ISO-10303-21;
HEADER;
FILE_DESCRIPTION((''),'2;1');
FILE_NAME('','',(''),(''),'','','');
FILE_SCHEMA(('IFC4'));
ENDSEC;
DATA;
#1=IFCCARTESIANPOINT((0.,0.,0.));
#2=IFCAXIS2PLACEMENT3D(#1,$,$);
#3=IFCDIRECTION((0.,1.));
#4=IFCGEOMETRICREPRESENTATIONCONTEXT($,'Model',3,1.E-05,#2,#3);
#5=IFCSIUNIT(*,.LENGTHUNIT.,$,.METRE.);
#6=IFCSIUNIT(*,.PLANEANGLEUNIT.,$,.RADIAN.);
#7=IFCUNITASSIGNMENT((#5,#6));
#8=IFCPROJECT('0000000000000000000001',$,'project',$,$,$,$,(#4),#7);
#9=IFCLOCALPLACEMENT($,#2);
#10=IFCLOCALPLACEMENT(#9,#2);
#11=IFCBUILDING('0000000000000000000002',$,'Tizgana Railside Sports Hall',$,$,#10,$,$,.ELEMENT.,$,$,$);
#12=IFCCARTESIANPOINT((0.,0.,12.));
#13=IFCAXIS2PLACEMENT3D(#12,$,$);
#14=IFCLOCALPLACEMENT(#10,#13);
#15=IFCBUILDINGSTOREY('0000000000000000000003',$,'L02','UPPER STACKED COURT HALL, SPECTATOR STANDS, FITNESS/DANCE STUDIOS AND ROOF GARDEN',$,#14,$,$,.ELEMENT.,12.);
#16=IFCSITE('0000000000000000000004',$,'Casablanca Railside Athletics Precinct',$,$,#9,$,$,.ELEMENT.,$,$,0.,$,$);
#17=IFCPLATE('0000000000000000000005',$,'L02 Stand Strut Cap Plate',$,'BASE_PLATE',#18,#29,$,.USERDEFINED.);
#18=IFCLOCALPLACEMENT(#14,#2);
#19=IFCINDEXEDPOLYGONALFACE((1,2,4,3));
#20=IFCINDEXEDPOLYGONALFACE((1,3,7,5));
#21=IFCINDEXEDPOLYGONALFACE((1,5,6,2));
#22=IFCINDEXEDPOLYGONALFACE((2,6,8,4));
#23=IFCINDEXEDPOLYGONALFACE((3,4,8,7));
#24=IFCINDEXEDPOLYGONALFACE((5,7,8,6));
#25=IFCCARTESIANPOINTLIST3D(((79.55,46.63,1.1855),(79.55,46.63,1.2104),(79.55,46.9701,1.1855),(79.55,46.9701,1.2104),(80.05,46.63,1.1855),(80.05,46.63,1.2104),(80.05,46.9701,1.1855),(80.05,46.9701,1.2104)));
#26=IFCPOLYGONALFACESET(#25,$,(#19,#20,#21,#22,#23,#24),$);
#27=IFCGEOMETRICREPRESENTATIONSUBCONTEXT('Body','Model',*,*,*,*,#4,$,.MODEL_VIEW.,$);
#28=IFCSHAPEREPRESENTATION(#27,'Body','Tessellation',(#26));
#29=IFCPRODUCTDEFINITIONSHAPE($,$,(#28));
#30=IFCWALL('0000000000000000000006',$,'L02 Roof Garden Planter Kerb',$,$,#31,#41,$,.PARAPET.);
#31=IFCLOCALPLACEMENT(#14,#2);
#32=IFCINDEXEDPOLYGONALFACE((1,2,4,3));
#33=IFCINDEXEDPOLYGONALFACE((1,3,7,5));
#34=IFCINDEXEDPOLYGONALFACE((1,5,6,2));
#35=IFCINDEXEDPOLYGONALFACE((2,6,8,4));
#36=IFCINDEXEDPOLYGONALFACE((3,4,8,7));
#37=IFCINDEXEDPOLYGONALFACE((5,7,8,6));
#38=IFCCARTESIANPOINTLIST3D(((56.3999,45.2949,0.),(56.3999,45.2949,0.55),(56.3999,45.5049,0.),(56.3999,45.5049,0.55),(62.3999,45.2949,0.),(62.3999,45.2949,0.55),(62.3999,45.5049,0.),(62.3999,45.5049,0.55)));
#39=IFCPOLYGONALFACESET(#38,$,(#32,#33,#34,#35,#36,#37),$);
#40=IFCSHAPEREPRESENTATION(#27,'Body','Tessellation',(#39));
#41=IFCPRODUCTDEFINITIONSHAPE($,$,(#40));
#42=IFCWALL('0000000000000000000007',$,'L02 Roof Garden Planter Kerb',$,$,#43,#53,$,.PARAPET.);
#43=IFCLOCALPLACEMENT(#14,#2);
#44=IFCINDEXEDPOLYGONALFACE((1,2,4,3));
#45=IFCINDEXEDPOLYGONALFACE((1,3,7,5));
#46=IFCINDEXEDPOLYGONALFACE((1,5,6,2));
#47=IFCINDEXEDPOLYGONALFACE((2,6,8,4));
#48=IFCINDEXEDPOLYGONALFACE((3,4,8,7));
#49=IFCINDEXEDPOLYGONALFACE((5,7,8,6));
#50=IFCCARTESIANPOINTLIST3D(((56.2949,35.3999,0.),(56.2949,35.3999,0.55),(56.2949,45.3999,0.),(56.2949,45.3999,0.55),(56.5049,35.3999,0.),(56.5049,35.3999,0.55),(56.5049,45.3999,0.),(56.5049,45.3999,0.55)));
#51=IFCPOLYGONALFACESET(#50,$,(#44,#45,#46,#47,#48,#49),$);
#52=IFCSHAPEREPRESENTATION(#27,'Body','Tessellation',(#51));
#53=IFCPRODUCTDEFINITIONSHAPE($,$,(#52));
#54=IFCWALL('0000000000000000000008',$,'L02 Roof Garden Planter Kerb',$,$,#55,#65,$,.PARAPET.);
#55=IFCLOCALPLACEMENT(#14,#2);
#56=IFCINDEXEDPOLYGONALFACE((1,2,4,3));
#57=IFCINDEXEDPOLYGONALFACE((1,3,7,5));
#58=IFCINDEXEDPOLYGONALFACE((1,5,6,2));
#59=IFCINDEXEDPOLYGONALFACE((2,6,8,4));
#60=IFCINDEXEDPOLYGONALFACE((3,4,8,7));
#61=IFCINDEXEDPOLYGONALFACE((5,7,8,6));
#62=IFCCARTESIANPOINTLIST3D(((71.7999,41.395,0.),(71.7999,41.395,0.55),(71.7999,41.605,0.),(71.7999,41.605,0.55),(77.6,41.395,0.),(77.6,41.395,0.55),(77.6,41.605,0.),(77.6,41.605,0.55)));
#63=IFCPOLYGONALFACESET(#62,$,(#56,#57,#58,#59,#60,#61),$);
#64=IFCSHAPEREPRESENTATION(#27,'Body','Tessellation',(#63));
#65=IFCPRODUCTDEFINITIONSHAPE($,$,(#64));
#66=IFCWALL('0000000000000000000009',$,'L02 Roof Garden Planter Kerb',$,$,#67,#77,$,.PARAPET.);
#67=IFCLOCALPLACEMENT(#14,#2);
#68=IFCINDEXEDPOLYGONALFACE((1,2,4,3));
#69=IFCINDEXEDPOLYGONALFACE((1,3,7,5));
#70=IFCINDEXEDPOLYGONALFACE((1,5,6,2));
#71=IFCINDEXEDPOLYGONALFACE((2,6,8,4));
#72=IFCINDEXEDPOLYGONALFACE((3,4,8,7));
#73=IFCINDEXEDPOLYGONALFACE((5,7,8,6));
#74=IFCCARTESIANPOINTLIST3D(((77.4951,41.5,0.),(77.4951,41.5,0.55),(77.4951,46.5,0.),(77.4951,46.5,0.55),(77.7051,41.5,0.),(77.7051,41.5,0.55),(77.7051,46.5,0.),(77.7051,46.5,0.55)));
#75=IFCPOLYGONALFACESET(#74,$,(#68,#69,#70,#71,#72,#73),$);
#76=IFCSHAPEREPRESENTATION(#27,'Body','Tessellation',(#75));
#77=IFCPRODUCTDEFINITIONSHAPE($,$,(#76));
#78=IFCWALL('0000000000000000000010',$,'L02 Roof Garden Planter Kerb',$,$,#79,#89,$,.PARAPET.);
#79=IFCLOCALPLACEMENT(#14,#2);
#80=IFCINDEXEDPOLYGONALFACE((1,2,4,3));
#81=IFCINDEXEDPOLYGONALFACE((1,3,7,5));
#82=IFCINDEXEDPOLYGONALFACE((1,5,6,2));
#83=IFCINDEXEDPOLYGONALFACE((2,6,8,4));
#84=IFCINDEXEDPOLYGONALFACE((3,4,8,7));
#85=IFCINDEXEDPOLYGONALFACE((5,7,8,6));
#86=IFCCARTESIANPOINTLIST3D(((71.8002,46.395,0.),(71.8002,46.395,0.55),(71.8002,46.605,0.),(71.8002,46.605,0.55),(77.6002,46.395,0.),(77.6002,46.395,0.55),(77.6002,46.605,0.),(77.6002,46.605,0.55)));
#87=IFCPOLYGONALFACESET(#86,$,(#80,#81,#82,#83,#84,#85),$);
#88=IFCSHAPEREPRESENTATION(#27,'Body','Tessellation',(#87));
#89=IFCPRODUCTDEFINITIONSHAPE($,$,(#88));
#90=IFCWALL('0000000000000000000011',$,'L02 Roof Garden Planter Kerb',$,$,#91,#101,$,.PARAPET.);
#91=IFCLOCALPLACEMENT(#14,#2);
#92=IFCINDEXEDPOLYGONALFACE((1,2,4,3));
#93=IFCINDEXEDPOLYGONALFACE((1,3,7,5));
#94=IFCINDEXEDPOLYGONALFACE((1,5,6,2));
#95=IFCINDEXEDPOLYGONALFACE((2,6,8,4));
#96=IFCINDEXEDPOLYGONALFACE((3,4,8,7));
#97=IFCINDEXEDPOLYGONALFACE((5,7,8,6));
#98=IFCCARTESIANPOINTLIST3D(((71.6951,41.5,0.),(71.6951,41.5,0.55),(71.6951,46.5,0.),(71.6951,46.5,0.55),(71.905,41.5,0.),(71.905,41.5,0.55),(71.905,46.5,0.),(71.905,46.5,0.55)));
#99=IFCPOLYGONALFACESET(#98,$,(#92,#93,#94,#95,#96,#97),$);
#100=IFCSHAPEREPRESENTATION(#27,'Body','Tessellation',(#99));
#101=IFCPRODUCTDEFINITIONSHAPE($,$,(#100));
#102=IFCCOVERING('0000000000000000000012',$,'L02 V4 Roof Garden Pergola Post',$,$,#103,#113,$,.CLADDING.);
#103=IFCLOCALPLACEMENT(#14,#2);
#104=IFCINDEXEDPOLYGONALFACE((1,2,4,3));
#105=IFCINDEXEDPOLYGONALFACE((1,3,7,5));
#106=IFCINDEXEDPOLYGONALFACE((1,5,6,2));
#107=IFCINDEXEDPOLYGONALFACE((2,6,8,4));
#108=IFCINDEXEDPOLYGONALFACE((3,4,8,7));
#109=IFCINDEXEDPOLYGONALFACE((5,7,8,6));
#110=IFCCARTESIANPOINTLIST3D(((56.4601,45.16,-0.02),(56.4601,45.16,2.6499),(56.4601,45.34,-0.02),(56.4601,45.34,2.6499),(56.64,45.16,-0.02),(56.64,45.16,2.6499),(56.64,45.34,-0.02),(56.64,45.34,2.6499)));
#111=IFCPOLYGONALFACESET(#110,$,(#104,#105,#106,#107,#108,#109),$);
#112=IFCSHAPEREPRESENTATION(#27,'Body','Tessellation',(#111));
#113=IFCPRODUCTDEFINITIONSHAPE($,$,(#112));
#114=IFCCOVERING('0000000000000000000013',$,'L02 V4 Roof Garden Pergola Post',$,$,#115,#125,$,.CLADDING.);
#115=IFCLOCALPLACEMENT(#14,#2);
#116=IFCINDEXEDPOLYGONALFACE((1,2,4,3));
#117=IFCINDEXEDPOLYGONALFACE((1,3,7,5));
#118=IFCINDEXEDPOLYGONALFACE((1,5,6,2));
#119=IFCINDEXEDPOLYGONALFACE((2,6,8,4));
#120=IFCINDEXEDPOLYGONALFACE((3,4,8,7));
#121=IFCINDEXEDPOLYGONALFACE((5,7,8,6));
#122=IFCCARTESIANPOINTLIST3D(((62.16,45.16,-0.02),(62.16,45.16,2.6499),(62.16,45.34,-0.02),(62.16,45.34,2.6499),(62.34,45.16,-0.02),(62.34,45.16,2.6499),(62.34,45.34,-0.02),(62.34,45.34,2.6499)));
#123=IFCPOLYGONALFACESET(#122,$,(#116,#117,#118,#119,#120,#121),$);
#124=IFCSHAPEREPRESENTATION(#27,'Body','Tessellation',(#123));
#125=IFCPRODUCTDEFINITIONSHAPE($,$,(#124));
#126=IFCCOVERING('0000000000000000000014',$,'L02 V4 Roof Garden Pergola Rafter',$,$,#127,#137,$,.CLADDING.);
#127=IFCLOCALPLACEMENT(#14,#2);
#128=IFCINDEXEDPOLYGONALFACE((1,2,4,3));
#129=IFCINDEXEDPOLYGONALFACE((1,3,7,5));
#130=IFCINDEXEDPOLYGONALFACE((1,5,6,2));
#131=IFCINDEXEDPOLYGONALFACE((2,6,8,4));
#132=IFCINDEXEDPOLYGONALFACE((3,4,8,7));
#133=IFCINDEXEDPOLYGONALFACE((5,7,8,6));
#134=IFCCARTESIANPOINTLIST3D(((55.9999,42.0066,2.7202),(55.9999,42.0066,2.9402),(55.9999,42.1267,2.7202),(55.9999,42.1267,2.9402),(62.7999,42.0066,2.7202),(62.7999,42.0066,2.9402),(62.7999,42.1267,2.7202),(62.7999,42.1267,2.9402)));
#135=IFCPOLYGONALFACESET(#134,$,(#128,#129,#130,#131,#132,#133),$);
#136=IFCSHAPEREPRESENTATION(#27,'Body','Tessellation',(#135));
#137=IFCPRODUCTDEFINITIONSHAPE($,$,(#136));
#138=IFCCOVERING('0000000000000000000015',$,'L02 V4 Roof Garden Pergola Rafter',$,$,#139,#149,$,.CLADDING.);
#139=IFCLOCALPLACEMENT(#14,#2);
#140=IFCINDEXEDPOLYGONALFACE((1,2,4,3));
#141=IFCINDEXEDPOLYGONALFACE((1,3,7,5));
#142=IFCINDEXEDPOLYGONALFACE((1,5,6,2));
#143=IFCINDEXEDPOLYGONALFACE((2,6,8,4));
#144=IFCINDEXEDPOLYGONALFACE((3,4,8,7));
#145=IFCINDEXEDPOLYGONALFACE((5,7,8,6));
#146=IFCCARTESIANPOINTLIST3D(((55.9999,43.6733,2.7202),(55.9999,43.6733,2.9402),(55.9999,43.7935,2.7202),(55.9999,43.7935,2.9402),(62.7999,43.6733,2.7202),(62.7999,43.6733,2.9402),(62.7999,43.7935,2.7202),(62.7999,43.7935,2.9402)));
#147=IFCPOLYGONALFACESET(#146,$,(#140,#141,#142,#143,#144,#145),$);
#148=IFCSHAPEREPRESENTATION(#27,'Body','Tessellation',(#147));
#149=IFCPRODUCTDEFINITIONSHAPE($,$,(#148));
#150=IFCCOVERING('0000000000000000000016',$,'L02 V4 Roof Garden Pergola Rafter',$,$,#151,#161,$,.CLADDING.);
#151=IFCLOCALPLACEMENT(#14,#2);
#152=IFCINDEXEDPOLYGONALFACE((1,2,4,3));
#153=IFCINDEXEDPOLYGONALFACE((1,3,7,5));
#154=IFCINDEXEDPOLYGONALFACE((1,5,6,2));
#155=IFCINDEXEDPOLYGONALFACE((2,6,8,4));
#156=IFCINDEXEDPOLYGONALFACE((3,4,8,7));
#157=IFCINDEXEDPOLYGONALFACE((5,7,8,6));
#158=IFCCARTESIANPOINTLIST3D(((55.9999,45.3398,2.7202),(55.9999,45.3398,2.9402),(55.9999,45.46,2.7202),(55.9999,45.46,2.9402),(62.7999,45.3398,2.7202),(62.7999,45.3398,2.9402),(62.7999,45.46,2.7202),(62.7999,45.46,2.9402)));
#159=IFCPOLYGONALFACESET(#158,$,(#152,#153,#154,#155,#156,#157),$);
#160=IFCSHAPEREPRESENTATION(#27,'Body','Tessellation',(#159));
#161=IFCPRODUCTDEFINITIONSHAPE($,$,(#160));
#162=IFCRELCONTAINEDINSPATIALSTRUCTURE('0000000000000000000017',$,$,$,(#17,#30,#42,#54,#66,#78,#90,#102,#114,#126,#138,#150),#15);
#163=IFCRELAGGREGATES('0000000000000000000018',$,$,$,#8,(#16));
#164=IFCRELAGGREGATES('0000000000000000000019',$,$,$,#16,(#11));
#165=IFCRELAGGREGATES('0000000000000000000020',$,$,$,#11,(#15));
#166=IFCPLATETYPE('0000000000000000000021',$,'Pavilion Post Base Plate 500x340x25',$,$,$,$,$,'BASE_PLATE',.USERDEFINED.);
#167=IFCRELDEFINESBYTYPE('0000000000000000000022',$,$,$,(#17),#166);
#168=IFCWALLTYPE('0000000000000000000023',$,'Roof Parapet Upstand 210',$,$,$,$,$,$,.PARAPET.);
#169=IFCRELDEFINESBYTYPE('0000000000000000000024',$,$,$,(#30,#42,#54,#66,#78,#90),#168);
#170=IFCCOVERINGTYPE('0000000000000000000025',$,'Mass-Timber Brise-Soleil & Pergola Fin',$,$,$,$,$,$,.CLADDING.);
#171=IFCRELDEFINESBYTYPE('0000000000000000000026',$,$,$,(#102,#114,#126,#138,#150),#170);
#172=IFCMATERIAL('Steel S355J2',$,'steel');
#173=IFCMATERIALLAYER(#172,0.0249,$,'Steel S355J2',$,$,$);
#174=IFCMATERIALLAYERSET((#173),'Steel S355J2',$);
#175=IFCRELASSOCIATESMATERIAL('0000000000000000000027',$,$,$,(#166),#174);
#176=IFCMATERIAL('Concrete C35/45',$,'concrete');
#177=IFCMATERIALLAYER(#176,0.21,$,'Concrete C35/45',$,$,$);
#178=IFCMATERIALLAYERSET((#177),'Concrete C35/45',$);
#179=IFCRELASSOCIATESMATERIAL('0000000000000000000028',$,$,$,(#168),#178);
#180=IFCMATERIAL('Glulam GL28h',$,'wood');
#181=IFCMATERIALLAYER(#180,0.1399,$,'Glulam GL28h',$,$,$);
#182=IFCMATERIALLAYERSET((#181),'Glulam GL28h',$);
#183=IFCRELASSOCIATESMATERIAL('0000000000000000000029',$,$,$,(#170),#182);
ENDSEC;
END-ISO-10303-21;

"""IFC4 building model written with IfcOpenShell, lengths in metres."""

from ifc_helpers import new_model, si_unit, direction, frame, frame_2d, origin, origin_2d, place, context, subcontext, project, spatial, rectangle, extrude, material, layer, layer_set, type_object, element, save


model = new_model("IFC4")

# Units and contexts
model_context = context("Model", 3, precision=1e-05, world=origin(), true_north=direction((0.0, 1.0)))
body_context = subcontext(model_context, "Body", "Model", "MODEL_VIEW")
ifc_project = project(units=[si_unit("LENGTHUNIT", "METRE"), si_unit("PLANEANGLEUNIT", "RADIAN")], contexts=[model_context])

# Site, building, storey
site_placement = place(None, origin())
site = spatial("IfcSite", under=ifc_project, at=site_placement, Name="Casablanca Railside Athletics Precinct", CompositionType="ELEMENT", RefElevation=0.0)
building_placement = place(site_placement, origin())
building = spatial("IfcBuilding", under=site, at=building_placement, Name="Tizgana Railside Sports Hall", CompositionType="ELEMENT")
storey_placement = place(building_placement, frame((0.0, 0.0, 12.0)))
storey = spatial("IfcBuildingStorey", under=building, at=storey_placement, Name="L02", Description="UPPER STACKED COURT HALL, SPECTATOR STANDS, FITNESS/DANCE STUDIOS AND ROOF GARDEN", CompositionType="ELEMENT", Elevation=12.0)

# Shared definitions
ifc_material_1 = material(Name="Steel S355J2", Category="steel")

# Plate
ifc_layer_1 = layer(ifc_material_1, 0.0249, Name="Steel S355J2")
ifc_layer_set_1 = layer_set([ifc_layer_1], Name="Steel S355J2")
plate_type = type_object("IfcPlateType", Name="Pavilion Post Base Plate 500x340x25", ElementType="BASE_PLATE", PredefinedType="USERDEFINED", material=ifc_layer_set_1)
plate_placement = place(storey_placement, frame((79.8, 46.8, 1.1855), z_axis=(0.0, 0.0, 1.0), x_axis=(1.0, 0.0, 0.0)))
element("IfcPlate", 1, at=plate_placement, inside=storey, type_object=plate_type, Name="L02 Stand Strut Cap Plate", ObjectType="BASE_PLATE", PredefinedType="USERDEFINED", context=body_context, shape_type="SweptSolid", body=[
    extrude(rectangle(XDim=0.5, YDim=0.3401, at=origin_2d()), origin(), (0.0, 0.0, 1.0), 0.0249),
])

# Walls
ifc_material_2 = material(Name="Concrete C35/45", Category="concrete")
ifc_layer_2 = layer(ifc_material_2, 0.21, Name="Concrete C35/45")
ifc_layer_set_2 = layer_set([ifc_layer_2], Name="Concrete C35/45")
wall_type = type_object("IfcWallType", Name="Roof Parapet Upstand 210", PredefinedType="PARAPET", material=ifc_layer_set_2)
wall_1_placement = place(storey_placement, frame((62.3999, 45.3999, 0.0), z_axis=(0.0, 0.0, 1.0), x_axis=(-1.0, 0.0, 0.0)))
element("IfcWall", 2, at=wall_1_placement, inside=storey, type_object=wall_type, Name="L02 Roof Garden Planter Kerb", PredefinedType="PARAPET", context=body_context, shape_type="SweptSolid", body=[
    extrude(rectangle(XDim=6.0, YDim=0.21, at=frame_2d((3.0, 0.0))), origin(), (0.0, 0.0, 1.0), 0.55),
])
wall_2_placement = place(storey_placement, frame((56.3999, 45.3999, 0.0), z_axis=(0.0, 0.0, 1.0), x_axis=(0.0, -1.0, 0.0)))
element("IfcWall", 3, at=wall_2_placement, inside=storey, type_object=wall_type, Name="L02 Roof Garden Planter Kerb", PredefinedType="PARAPET", context=body_context, shape_type="SweptSolid", body=[
    extrude(rectangle(XDim=10.0, YDim=0.21, at=frame_2d((5.0, 0.0))), origin(), (0.0, 0.0, 1.0), 0.55),
])
wall_3_placement = place(storey_placement, frame((71.8, 41.5, 0.0), z_axis=(0.0, 0.0, 1.0), x_axis=(1.0, 0.0, 0.0)))
element("IfcWall", 4, at=wall_3_placement, inside=storey, type_object=wall_type, Name="L02 Roof Garden Planter Kerb", PredefinedType="PARAPET", context=body_context, shape_type="SweptSolid", body=[
    extrude(rectangle(XDim=5.8, YDim=0.21, at=frame_2d((2.8999, 0.0))), origin(), (0.0, 0.0, 1.0), 0.55),
])
wall_4_placement = place(storey_placement, frame((77.6001, 41.5, 0.0), z_axis=(0.0, 0.0, 1.0), x_axis=(0.0, 1.0, 0.0)))
element("IfcWall", 5, at=wall_4_placement, inside=storey, type_object=wall_type, Name="L02 Roof Garden Planter Kerb", PredefinedType="PARAPET", context=body_context, shape_type="SweptSolid", body=[
    extrude(rectangle(XDim=5.0, YDim=0.21, at=frame_2d((2.5, 0.0))), origin(), (0.0, 0.0, 1.0), 0.55),
])
wall_5_placement = place(storey_placement, frame((77.6001, 46.5, 0.0), z_axis=(0.0, 0.0, 1.0), x_axis=(-1.0, 0.0, 0.0)))
element("IfcWall", 6, at=wall_5_placement, inside=storey, type_object=wall_type, Name="L02 Roof Garden Planter Kerb", PredefinedType="PARAPET", context=body_context, shape_type="SweptSolid", body=[
    extrude(rectangle(XDim=5.8, YDim=0.21, at=frame_2d((2.8999, 0.0))), origin(), (0.0, 0.0, 1.0), 0.55),
])
wall_6_placement = place(storey_placement, frame((71.8, 46.5, 0.0), z_axis=(0.0, 0.0, 1.0), x_axis=(0.0, -1.0, 0.0)))
element("IfcWall", 7, at=wall_6_placement, inside=storey, type_object=wall_type, Name="L02 Roof Garden Planter Kerb", PredefinedType="PARAPET", context=body_context, shape_type="SweptSolid", body=[
    extrude(rectangle(XDim=5.0, YDim=0.21, at=frame_2d((2.5, 0.0))), origin(), (0.0, 0.0, 1.0), 0.55),
])

# Coverings
ifc_material_3 = material(Name="Glulam GL28h", Category="wood")
ifc_layer_3 = layer(ifc_material_3, 0.1399, Name="Glulam GL28h")
ifc_layer_set_3 = layer_set([ifc_layer_3], Name="Glulam GL28h")
covering_type = type_object("IfcCoveringType", Name="Mass-Timber Brise-Soleil & Pergola Fin", PredefinedType="CLADDING", material=ifc_layer_set_3)
for number, where, z_axis, x_axis, name in (
    (8, (56.55, 45.25, -0.02), (0.0, 0.0, 1.0), (1.0, 0.0, 0.0), "L02 V4 Roof Garden Pergola Post"),
    (9, (62.25, 45.25, -0.02), (0.0, 0.0, 1.0), (1.0, 0.0, 0.0), "L02 V4 Roof Garden Pergola Post"),
):
    element("IfcCovering", number, at=place(storey_placement, frame(where, z_axis=z_axis, x_axis=x_axis)), inside=storey, type_object=covering_type, Name=name, PredefinedType="CLADDING", context=body_context, shape_type="SweptSolid", body=[
        extrude(rectangle(XDim=0.1799, YDim=0.1799, at=origin_2d()), origin(), (0.0, 0.0, 1.0), 2.6699),
    ])
for number, where, z_axis, x_axis, name in (
    (10, (59.3999, 42.0667, 2.7202), (0.0, 0.0, 1.0), (1.0, 0.0, 0.0), "L02 V4 Roof Garden Pergola Rafter"),
    (11, (59.3999, 43.7334, 2.7202), (0.0, 0.0, 1.0), (1.0, 0.0, 0.0), "L02 V4 Roof Garden Pergola Rafter"),
    (12, (59.3999, 45.3999, 2.7202), (0.0, 0.0, 1.0), (1.0, 0.0, 0.0), "L02 V4 Roof Garden Pergola Rafter"),
):
    element("IfcCovering", number, at=place(storey_placement, frame(where, z_axis=z_axis, x_axis=x_axis)), inside=storey, type_object=covering_type, Name=name, PredefinedType="CLADDING", context=body_context, shape_type="SweptSolid", body=[
        extrude(rectangle(XDim=6.8, YDim=0.1201, at=origin_2d()), origin(), (0.0, 0.0, 1.0), 0.22),
    ])

save(model, "model.ifc")
